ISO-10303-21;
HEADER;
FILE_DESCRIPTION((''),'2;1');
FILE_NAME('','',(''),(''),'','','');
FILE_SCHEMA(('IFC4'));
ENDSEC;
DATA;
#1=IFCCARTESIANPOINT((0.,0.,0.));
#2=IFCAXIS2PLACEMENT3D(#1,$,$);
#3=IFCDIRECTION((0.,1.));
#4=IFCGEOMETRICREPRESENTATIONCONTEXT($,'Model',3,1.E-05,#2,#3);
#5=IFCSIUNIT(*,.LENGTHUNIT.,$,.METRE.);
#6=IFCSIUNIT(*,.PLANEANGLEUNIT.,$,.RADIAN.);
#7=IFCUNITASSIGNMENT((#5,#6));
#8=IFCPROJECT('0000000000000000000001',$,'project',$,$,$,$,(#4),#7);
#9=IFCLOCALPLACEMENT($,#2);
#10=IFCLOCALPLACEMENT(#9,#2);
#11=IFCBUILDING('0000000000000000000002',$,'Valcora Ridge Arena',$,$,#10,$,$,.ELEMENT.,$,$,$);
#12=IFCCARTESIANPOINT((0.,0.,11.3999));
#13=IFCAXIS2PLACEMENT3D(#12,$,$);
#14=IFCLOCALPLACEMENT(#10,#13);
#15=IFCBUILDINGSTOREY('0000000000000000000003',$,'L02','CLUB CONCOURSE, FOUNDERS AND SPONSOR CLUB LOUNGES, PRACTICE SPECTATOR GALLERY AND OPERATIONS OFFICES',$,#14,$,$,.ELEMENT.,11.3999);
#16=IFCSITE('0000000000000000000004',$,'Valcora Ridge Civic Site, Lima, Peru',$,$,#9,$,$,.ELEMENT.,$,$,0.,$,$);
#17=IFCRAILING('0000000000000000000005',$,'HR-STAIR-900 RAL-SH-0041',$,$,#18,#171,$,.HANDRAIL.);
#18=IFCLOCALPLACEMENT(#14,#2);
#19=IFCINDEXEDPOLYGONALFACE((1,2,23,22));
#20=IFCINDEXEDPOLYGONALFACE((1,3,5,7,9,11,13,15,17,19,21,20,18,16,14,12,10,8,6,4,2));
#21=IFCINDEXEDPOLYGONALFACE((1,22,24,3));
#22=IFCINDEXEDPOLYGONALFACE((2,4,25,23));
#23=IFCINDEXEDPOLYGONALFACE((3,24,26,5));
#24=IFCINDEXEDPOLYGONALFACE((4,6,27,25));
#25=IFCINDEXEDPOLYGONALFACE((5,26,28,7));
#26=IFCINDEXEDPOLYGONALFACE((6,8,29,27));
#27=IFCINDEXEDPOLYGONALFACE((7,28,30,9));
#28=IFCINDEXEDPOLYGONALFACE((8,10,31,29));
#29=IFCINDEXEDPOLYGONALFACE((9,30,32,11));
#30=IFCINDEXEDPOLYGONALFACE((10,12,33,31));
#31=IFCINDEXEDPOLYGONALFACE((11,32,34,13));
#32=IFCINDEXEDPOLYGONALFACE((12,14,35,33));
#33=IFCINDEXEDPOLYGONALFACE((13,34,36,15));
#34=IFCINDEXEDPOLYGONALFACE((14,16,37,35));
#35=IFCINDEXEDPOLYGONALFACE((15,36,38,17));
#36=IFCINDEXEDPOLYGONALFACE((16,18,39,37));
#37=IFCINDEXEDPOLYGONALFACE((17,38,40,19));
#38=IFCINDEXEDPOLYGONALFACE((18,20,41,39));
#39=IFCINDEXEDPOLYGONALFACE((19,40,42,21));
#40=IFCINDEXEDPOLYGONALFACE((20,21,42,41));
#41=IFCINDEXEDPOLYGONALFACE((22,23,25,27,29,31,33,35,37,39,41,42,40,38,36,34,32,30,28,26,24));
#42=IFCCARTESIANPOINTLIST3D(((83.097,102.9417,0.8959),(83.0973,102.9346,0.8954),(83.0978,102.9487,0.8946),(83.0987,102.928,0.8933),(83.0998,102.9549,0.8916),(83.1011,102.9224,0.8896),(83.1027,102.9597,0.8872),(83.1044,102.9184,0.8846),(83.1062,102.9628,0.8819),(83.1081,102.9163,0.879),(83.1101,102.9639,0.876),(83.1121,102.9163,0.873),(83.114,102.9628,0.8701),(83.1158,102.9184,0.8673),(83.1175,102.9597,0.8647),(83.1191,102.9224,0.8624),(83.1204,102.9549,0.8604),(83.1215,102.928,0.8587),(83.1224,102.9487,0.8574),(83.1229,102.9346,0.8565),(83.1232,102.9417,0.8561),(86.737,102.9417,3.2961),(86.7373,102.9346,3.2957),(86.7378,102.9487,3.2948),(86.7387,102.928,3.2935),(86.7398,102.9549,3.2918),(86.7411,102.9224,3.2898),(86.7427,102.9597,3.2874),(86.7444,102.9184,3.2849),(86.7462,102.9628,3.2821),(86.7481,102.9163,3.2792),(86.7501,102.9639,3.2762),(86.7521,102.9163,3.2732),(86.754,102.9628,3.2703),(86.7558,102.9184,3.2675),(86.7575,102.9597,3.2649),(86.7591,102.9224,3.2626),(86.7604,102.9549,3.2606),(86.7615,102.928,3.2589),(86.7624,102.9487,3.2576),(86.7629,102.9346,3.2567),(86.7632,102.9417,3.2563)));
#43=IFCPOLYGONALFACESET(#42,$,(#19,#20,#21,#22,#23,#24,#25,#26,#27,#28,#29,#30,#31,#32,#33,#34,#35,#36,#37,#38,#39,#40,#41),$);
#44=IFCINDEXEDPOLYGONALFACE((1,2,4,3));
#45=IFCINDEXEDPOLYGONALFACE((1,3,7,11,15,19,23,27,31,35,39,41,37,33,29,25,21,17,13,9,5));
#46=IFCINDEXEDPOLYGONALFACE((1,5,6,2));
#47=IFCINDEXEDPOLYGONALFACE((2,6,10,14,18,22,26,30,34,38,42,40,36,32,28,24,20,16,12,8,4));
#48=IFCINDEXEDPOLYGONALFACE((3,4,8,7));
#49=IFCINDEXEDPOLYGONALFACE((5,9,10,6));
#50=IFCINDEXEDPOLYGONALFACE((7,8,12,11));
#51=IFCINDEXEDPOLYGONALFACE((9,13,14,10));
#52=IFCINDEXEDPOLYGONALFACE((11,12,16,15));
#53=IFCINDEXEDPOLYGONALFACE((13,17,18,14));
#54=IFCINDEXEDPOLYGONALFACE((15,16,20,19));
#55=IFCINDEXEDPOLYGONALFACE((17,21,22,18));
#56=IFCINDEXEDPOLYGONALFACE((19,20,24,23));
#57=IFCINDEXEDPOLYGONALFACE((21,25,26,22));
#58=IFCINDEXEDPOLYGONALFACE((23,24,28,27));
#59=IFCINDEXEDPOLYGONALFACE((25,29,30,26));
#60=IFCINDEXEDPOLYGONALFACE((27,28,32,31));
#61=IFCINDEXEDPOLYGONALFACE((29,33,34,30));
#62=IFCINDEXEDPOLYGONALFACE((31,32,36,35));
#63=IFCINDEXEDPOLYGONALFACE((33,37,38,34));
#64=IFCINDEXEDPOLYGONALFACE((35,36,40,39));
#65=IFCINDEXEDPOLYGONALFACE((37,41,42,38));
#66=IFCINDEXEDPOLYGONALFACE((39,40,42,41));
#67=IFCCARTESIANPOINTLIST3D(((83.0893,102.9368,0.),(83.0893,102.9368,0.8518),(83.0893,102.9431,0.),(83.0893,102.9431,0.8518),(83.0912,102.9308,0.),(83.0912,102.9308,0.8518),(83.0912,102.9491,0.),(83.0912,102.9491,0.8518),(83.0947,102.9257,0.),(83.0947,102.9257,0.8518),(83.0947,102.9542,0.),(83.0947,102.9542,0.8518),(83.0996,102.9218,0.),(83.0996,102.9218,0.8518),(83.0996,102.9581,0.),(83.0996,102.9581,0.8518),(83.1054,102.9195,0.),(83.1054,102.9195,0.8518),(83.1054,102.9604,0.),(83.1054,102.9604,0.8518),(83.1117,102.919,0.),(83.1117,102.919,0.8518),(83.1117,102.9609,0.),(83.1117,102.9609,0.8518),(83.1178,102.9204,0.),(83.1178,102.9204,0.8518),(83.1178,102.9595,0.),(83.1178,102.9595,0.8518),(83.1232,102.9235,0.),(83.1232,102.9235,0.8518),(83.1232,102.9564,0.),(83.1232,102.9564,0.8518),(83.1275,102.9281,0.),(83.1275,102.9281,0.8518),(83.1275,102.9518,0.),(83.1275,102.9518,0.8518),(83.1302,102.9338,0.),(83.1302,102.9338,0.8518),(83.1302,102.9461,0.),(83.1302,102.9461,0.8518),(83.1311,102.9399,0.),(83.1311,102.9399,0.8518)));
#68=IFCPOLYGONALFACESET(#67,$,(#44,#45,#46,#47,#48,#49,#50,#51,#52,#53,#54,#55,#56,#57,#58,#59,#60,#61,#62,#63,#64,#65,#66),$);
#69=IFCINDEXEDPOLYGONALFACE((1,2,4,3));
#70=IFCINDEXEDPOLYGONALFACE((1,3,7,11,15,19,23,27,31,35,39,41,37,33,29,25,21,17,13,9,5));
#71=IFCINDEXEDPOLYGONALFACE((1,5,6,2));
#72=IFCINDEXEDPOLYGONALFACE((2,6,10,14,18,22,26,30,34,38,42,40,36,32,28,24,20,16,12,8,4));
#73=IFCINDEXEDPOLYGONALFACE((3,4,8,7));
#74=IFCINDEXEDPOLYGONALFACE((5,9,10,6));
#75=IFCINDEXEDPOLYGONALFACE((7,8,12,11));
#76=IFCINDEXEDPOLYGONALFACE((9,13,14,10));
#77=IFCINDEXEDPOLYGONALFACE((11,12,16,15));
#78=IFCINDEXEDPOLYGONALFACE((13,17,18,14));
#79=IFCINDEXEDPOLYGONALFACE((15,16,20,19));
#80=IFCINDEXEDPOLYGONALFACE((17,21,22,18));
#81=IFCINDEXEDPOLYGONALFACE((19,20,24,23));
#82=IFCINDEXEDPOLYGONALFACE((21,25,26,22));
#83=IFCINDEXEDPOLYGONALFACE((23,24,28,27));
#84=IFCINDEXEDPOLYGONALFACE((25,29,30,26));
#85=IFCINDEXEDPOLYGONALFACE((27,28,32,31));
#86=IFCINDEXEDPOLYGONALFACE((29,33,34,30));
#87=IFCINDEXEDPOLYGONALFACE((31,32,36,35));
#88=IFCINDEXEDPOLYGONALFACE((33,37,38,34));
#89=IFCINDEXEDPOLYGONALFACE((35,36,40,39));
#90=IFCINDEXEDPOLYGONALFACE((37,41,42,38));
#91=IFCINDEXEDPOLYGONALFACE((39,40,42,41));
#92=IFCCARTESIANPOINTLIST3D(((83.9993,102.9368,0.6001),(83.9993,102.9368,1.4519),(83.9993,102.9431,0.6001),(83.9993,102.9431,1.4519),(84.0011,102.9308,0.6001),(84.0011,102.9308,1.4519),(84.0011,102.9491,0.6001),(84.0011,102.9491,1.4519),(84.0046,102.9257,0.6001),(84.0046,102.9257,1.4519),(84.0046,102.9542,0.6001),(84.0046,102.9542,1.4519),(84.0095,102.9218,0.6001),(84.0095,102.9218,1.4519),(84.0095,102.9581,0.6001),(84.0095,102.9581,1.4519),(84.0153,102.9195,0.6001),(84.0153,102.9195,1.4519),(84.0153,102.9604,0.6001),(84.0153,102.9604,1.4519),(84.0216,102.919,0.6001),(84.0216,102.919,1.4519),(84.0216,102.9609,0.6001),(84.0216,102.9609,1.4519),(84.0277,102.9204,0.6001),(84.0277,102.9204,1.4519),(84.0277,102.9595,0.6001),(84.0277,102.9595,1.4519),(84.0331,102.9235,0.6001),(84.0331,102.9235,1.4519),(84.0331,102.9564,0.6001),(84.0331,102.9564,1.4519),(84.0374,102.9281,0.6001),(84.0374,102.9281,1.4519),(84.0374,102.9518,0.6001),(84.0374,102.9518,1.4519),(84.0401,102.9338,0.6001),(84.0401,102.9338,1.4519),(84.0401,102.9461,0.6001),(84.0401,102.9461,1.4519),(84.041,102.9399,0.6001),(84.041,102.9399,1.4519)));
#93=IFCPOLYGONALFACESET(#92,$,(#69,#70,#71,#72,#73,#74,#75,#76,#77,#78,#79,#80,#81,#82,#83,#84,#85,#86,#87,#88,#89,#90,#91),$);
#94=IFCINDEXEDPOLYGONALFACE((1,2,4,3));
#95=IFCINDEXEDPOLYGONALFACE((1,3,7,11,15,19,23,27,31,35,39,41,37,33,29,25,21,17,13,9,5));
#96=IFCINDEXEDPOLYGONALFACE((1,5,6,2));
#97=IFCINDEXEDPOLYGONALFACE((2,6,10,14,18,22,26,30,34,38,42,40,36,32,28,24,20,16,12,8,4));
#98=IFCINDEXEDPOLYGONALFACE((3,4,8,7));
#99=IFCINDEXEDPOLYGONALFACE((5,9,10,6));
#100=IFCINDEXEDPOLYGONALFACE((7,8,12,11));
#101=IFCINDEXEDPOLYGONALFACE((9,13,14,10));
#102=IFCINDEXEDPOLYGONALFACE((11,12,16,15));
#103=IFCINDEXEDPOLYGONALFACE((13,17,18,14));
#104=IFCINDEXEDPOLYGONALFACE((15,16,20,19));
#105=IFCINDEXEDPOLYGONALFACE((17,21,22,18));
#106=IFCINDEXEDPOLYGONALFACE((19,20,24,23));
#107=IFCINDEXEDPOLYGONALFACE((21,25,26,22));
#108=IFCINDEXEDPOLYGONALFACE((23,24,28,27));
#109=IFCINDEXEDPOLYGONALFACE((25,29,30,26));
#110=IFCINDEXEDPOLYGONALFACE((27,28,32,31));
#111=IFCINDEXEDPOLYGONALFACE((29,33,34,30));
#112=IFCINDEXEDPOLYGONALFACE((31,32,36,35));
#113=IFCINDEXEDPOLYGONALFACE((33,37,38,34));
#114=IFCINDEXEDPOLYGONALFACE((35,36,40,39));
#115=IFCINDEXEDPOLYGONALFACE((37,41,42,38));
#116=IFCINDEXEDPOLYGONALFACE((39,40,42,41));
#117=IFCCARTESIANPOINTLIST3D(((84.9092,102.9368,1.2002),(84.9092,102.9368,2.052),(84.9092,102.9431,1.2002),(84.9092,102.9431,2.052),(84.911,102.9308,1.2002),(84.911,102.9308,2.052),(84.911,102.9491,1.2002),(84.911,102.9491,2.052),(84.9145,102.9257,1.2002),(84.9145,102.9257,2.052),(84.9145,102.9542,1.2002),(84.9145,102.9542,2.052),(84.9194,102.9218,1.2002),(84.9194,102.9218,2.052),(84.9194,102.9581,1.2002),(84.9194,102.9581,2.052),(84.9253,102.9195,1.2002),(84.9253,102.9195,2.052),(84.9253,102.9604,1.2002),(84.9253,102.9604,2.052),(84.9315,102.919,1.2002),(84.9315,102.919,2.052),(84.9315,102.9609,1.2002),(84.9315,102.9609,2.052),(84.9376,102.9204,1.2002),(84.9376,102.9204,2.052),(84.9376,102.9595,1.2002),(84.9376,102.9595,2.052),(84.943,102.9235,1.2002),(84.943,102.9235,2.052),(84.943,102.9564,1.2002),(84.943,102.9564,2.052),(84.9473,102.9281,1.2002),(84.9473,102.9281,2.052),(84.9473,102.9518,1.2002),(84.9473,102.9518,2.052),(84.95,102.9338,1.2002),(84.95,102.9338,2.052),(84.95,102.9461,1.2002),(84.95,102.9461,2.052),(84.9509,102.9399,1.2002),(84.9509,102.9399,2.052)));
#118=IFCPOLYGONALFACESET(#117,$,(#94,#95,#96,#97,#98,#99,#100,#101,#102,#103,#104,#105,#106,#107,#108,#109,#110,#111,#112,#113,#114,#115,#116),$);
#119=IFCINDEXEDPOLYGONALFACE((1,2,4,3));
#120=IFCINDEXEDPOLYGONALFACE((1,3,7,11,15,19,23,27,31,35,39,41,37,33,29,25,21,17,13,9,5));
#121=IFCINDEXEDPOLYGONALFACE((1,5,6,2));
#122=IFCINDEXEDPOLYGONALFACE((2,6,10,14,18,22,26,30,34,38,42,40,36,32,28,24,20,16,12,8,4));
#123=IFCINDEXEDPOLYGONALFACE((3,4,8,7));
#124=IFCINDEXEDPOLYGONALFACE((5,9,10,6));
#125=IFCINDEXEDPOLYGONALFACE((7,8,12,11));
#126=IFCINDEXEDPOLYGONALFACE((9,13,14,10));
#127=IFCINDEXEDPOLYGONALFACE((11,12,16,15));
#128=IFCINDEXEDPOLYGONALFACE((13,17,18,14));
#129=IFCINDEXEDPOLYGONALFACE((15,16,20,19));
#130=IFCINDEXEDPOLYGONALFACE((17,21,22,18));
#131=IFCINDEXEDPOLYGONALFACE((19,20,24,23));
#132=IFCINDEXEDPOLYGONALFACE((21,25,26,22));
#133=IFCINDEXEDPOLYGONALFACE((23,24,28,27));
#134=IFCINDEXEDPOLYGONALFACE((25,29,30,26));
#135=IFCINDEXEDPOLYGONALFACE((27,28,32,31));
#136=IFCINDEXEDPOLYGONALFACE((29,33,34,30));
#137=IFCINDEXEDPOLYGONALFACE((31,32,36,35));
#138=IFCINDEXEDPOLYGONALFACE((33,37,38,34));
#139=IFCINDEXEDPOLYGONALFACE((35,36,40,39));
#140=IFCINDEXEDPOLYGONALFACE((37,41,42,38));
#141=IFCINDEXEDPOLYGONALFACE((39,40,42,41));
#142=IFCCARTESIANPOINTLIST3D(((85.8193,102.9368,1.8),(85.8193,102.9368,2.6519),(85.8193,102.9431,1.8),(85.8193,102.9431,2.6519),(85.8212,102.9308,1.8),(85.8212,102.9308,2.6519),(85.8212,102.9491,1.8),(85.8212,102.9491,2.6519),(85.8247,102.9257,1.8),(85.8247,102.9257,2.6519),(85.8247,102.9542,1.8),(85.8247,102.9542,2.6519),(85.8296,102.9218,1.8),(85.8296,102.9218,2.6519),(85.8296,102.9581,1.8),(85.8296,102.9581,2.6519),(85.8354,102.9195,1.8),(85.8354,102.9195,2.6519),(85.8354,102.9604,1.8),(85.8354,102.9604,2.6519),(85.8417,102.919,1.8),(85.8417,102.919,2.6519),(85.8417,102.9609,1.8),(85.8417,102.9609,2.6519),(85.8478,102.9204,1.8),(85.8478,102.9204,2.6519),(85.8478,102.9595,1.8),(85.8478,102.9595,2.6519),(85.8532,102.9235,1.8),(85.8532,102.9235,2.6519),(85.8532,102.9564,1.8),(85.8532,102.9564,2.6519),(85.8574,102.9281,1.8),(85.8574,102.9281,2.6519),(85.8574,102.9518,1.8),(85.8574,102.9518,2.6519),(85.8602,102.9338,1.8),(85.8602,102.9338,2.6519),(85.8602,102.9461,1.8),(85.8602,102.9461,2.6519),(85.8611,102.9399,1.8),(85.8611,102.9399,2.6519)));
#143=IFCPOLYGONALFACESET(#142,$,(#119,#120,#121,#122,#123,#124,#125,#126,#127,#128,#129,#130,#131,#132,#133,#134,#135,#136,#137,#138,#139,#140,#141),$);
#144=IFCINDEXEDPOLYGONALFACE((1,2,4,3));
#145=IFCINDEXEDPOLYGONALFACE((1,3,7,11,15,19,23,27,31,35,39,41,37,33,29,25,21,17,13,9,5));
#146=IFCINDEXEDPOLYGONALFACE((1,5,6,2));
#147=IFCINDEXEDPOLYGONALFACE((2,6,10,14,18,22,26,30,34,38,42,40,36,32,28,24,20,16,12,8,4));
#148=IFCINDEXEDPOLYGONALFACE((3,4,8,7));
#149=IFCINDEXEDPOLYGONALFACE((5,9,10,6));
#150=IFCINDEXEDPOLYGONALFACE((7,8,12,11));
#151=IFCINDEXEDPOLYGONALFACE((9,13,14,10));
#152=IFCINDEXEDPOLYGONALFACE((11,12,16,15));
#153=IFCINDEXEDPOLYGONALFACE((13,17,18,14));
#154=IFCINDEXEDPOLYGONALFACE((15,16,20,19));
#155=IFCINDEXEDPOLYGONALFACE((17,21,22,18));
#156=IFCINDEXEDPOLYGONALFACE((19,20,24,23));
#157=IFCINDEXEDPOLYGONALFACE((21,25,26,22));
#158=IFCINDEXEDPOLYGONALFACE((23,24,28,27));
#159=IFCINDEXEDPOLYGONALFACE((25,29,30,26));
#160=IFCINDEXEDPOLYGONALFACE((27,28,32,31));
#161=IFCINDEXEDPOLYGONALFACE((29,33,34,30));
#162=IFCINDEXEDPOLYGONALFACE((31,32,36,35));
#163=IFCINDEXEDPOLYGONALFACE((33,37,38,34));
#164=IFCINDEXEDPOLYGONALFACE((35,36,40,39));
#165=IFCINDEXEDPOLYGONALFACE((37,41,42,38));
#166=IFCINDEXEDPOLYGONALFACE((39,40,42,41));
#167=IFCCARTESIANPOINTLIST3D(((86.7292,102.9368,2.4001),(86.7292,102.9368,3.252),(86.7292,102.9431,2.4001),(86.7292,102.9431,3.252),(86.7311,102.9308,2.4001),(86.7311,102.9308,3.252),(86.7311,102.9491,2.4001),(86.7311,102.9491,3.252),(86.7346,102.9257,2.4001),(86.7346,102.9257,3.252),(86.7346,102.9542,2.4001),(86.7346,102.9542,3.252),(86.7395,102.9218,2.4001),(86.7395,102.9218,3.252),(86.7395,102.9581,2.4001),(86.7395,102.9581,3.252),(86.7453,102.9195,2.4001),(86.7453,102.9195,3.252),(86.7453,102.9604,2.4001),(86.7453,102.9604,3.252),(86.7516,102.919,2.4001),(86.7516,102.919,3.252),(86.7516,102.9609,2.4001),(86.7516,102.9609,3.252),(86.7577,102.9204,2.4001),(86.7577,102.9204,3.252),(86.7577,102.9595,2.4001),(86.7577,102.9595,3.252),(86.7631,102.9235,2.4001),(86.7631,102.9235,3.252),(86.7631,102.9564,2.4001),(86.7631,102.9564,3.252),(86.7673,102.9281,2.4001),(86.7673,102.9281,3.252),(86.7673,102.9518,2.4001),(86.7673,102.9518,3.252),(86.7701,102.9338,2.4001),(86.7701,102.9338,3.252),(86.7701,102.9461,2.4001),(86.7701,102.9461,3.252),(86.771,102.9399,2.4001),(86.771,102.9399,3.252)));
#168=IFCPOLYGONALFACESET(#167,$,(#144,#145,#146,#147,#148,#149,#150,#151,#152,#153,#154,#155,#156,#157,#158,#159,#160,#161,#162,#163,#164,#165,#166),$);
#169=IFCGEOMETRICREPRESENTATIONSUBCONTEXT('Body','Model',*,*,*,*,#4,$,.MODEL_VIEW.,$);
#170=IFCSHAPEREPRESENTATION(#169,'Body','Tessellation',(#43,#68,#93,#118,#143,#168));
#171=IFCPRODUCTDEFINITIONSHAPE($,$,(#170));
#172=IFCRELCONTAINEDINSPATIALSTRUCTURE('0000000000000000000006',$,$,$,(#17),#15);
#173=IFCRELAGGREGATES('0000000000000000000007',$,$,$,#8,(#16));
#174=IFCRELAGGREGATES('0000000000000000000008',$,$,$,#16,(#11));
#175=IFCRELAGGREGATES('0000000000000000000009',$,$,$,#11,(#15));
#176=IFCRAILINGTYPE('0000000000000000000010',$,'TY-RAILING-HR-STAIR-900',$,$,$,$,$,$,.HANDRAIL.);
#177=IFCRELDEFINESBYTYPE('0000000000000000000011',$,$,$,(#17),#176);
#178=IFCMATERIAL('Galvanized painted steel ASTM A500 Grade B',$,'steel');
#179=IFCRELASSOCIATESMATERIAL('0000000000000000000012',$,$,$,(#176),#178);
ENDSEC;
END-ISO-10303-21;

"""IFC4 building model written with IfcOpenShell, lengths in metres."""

from ifc_helpers import new_model, si_unit, direction, frame, origin, origin_2d, place, context, subcontext, project, spatial, circle, extrude, material, type_object, element, save


model = new_model("IFC4")

# Units and contexts
model_context = context("Model", 3, precision=1e-05, world=origin(), true_north=direction((0.0, 1.0)))
body_context = subcontext(model_context, "Body", "Model", "MODEL_VIEW")
ifc_project = project(units=[si_unit("LENGTHUNIT", "METRE"), si_unit("PLANEANGLEUNIT", "RADIAN")], contexts=[model_context])

# Site, building, storey
site_placement = place(None, origin())
site = spatial("IfcSite", under=ifc_project, at=site_placement, Name="Valcora Ridge Civic Site, Lima, Peru", CompositionType="ELEMENT", RefElevation=0.0)
building_placement = place(site_placement, origin())
building = spatial("IfcBuilding", under=site, at=building_placement, Name="Valcora Ridge Arena", CompositionType="ELEMENT")
storey_placement = place(building_placement, frame((0.0, 0.0, 11.3999)))
storey = spatial("IfcBuildingStorey", under=building, at=storey_placement, Name="L02", Description="CLUB CONCOURSE, FOUNDERS AND SPONSOR CLUB LOUNGES, PRACTICE SPECTATOR GALLERY AND OPERATIONS OFFICES", CompositionType="ELEMENT", Elevation=11.3999)

# Railing
ifc_material_1 = material(Name="Galvanized painted steel ASTM A500 Grade B", Category="steel")
railing_type_1 = type_object("IfcRailingType", Name="TY-RAILING-HR-STAIR-900", PredefinedType="HANDRAIL", material=ifc_material_1)
railing_1_placement = place(storey_placement, frame((83.1101, 102.9399, 0.0)))
element("IfcRailing", 1, at=railing_1_placement, inside=storey, type_object=railing_type_1, Name="HR-STAIR-900 RAL-SH-0041", PredefinedType="HANDRAIL", context=body_context, shape_type="SweptSolid", body=[
    extrude(circle(Radius=0.0239, at=origin_2d()), frame((0.0, 0.0, 0.876), z_axis=(0.834839, 0.0, 0.550493), x_axis=(0.0, 1.0, 0.0)), (0.0, 0.0, 1.0), 4.3601),
    extrude(circle(Radius=0.021, at=origin_2d()), origin(), (0.0, 0.0, 1.0), 0.8518),
    extrude(circle(Radius=0.021, at=origin_2d()), frame((0.9099, 0.0, 0.6001)), (0.0, 0.0, 1.0), 0.8518),
    extrude(circle(Radius=0.021, at=origin_2d()), frame((1.8198, 0.0, 1.2002)), (0.0, 0.0, 1.0), 0.8518),
    extrude(circle(Radius=0.021, at=origin_2d()), frame((2.73, 0.0, 1.8)), (0.0, 0.0, 1.0), 0.8518),
    extrude(circle(Radius=0.021, at=origin_2d()), frame((3.6399, 0.0, 2.4001)), (0.0, 0.0, 1.0), 0.8518),
])

save(model, "model.ifc")
